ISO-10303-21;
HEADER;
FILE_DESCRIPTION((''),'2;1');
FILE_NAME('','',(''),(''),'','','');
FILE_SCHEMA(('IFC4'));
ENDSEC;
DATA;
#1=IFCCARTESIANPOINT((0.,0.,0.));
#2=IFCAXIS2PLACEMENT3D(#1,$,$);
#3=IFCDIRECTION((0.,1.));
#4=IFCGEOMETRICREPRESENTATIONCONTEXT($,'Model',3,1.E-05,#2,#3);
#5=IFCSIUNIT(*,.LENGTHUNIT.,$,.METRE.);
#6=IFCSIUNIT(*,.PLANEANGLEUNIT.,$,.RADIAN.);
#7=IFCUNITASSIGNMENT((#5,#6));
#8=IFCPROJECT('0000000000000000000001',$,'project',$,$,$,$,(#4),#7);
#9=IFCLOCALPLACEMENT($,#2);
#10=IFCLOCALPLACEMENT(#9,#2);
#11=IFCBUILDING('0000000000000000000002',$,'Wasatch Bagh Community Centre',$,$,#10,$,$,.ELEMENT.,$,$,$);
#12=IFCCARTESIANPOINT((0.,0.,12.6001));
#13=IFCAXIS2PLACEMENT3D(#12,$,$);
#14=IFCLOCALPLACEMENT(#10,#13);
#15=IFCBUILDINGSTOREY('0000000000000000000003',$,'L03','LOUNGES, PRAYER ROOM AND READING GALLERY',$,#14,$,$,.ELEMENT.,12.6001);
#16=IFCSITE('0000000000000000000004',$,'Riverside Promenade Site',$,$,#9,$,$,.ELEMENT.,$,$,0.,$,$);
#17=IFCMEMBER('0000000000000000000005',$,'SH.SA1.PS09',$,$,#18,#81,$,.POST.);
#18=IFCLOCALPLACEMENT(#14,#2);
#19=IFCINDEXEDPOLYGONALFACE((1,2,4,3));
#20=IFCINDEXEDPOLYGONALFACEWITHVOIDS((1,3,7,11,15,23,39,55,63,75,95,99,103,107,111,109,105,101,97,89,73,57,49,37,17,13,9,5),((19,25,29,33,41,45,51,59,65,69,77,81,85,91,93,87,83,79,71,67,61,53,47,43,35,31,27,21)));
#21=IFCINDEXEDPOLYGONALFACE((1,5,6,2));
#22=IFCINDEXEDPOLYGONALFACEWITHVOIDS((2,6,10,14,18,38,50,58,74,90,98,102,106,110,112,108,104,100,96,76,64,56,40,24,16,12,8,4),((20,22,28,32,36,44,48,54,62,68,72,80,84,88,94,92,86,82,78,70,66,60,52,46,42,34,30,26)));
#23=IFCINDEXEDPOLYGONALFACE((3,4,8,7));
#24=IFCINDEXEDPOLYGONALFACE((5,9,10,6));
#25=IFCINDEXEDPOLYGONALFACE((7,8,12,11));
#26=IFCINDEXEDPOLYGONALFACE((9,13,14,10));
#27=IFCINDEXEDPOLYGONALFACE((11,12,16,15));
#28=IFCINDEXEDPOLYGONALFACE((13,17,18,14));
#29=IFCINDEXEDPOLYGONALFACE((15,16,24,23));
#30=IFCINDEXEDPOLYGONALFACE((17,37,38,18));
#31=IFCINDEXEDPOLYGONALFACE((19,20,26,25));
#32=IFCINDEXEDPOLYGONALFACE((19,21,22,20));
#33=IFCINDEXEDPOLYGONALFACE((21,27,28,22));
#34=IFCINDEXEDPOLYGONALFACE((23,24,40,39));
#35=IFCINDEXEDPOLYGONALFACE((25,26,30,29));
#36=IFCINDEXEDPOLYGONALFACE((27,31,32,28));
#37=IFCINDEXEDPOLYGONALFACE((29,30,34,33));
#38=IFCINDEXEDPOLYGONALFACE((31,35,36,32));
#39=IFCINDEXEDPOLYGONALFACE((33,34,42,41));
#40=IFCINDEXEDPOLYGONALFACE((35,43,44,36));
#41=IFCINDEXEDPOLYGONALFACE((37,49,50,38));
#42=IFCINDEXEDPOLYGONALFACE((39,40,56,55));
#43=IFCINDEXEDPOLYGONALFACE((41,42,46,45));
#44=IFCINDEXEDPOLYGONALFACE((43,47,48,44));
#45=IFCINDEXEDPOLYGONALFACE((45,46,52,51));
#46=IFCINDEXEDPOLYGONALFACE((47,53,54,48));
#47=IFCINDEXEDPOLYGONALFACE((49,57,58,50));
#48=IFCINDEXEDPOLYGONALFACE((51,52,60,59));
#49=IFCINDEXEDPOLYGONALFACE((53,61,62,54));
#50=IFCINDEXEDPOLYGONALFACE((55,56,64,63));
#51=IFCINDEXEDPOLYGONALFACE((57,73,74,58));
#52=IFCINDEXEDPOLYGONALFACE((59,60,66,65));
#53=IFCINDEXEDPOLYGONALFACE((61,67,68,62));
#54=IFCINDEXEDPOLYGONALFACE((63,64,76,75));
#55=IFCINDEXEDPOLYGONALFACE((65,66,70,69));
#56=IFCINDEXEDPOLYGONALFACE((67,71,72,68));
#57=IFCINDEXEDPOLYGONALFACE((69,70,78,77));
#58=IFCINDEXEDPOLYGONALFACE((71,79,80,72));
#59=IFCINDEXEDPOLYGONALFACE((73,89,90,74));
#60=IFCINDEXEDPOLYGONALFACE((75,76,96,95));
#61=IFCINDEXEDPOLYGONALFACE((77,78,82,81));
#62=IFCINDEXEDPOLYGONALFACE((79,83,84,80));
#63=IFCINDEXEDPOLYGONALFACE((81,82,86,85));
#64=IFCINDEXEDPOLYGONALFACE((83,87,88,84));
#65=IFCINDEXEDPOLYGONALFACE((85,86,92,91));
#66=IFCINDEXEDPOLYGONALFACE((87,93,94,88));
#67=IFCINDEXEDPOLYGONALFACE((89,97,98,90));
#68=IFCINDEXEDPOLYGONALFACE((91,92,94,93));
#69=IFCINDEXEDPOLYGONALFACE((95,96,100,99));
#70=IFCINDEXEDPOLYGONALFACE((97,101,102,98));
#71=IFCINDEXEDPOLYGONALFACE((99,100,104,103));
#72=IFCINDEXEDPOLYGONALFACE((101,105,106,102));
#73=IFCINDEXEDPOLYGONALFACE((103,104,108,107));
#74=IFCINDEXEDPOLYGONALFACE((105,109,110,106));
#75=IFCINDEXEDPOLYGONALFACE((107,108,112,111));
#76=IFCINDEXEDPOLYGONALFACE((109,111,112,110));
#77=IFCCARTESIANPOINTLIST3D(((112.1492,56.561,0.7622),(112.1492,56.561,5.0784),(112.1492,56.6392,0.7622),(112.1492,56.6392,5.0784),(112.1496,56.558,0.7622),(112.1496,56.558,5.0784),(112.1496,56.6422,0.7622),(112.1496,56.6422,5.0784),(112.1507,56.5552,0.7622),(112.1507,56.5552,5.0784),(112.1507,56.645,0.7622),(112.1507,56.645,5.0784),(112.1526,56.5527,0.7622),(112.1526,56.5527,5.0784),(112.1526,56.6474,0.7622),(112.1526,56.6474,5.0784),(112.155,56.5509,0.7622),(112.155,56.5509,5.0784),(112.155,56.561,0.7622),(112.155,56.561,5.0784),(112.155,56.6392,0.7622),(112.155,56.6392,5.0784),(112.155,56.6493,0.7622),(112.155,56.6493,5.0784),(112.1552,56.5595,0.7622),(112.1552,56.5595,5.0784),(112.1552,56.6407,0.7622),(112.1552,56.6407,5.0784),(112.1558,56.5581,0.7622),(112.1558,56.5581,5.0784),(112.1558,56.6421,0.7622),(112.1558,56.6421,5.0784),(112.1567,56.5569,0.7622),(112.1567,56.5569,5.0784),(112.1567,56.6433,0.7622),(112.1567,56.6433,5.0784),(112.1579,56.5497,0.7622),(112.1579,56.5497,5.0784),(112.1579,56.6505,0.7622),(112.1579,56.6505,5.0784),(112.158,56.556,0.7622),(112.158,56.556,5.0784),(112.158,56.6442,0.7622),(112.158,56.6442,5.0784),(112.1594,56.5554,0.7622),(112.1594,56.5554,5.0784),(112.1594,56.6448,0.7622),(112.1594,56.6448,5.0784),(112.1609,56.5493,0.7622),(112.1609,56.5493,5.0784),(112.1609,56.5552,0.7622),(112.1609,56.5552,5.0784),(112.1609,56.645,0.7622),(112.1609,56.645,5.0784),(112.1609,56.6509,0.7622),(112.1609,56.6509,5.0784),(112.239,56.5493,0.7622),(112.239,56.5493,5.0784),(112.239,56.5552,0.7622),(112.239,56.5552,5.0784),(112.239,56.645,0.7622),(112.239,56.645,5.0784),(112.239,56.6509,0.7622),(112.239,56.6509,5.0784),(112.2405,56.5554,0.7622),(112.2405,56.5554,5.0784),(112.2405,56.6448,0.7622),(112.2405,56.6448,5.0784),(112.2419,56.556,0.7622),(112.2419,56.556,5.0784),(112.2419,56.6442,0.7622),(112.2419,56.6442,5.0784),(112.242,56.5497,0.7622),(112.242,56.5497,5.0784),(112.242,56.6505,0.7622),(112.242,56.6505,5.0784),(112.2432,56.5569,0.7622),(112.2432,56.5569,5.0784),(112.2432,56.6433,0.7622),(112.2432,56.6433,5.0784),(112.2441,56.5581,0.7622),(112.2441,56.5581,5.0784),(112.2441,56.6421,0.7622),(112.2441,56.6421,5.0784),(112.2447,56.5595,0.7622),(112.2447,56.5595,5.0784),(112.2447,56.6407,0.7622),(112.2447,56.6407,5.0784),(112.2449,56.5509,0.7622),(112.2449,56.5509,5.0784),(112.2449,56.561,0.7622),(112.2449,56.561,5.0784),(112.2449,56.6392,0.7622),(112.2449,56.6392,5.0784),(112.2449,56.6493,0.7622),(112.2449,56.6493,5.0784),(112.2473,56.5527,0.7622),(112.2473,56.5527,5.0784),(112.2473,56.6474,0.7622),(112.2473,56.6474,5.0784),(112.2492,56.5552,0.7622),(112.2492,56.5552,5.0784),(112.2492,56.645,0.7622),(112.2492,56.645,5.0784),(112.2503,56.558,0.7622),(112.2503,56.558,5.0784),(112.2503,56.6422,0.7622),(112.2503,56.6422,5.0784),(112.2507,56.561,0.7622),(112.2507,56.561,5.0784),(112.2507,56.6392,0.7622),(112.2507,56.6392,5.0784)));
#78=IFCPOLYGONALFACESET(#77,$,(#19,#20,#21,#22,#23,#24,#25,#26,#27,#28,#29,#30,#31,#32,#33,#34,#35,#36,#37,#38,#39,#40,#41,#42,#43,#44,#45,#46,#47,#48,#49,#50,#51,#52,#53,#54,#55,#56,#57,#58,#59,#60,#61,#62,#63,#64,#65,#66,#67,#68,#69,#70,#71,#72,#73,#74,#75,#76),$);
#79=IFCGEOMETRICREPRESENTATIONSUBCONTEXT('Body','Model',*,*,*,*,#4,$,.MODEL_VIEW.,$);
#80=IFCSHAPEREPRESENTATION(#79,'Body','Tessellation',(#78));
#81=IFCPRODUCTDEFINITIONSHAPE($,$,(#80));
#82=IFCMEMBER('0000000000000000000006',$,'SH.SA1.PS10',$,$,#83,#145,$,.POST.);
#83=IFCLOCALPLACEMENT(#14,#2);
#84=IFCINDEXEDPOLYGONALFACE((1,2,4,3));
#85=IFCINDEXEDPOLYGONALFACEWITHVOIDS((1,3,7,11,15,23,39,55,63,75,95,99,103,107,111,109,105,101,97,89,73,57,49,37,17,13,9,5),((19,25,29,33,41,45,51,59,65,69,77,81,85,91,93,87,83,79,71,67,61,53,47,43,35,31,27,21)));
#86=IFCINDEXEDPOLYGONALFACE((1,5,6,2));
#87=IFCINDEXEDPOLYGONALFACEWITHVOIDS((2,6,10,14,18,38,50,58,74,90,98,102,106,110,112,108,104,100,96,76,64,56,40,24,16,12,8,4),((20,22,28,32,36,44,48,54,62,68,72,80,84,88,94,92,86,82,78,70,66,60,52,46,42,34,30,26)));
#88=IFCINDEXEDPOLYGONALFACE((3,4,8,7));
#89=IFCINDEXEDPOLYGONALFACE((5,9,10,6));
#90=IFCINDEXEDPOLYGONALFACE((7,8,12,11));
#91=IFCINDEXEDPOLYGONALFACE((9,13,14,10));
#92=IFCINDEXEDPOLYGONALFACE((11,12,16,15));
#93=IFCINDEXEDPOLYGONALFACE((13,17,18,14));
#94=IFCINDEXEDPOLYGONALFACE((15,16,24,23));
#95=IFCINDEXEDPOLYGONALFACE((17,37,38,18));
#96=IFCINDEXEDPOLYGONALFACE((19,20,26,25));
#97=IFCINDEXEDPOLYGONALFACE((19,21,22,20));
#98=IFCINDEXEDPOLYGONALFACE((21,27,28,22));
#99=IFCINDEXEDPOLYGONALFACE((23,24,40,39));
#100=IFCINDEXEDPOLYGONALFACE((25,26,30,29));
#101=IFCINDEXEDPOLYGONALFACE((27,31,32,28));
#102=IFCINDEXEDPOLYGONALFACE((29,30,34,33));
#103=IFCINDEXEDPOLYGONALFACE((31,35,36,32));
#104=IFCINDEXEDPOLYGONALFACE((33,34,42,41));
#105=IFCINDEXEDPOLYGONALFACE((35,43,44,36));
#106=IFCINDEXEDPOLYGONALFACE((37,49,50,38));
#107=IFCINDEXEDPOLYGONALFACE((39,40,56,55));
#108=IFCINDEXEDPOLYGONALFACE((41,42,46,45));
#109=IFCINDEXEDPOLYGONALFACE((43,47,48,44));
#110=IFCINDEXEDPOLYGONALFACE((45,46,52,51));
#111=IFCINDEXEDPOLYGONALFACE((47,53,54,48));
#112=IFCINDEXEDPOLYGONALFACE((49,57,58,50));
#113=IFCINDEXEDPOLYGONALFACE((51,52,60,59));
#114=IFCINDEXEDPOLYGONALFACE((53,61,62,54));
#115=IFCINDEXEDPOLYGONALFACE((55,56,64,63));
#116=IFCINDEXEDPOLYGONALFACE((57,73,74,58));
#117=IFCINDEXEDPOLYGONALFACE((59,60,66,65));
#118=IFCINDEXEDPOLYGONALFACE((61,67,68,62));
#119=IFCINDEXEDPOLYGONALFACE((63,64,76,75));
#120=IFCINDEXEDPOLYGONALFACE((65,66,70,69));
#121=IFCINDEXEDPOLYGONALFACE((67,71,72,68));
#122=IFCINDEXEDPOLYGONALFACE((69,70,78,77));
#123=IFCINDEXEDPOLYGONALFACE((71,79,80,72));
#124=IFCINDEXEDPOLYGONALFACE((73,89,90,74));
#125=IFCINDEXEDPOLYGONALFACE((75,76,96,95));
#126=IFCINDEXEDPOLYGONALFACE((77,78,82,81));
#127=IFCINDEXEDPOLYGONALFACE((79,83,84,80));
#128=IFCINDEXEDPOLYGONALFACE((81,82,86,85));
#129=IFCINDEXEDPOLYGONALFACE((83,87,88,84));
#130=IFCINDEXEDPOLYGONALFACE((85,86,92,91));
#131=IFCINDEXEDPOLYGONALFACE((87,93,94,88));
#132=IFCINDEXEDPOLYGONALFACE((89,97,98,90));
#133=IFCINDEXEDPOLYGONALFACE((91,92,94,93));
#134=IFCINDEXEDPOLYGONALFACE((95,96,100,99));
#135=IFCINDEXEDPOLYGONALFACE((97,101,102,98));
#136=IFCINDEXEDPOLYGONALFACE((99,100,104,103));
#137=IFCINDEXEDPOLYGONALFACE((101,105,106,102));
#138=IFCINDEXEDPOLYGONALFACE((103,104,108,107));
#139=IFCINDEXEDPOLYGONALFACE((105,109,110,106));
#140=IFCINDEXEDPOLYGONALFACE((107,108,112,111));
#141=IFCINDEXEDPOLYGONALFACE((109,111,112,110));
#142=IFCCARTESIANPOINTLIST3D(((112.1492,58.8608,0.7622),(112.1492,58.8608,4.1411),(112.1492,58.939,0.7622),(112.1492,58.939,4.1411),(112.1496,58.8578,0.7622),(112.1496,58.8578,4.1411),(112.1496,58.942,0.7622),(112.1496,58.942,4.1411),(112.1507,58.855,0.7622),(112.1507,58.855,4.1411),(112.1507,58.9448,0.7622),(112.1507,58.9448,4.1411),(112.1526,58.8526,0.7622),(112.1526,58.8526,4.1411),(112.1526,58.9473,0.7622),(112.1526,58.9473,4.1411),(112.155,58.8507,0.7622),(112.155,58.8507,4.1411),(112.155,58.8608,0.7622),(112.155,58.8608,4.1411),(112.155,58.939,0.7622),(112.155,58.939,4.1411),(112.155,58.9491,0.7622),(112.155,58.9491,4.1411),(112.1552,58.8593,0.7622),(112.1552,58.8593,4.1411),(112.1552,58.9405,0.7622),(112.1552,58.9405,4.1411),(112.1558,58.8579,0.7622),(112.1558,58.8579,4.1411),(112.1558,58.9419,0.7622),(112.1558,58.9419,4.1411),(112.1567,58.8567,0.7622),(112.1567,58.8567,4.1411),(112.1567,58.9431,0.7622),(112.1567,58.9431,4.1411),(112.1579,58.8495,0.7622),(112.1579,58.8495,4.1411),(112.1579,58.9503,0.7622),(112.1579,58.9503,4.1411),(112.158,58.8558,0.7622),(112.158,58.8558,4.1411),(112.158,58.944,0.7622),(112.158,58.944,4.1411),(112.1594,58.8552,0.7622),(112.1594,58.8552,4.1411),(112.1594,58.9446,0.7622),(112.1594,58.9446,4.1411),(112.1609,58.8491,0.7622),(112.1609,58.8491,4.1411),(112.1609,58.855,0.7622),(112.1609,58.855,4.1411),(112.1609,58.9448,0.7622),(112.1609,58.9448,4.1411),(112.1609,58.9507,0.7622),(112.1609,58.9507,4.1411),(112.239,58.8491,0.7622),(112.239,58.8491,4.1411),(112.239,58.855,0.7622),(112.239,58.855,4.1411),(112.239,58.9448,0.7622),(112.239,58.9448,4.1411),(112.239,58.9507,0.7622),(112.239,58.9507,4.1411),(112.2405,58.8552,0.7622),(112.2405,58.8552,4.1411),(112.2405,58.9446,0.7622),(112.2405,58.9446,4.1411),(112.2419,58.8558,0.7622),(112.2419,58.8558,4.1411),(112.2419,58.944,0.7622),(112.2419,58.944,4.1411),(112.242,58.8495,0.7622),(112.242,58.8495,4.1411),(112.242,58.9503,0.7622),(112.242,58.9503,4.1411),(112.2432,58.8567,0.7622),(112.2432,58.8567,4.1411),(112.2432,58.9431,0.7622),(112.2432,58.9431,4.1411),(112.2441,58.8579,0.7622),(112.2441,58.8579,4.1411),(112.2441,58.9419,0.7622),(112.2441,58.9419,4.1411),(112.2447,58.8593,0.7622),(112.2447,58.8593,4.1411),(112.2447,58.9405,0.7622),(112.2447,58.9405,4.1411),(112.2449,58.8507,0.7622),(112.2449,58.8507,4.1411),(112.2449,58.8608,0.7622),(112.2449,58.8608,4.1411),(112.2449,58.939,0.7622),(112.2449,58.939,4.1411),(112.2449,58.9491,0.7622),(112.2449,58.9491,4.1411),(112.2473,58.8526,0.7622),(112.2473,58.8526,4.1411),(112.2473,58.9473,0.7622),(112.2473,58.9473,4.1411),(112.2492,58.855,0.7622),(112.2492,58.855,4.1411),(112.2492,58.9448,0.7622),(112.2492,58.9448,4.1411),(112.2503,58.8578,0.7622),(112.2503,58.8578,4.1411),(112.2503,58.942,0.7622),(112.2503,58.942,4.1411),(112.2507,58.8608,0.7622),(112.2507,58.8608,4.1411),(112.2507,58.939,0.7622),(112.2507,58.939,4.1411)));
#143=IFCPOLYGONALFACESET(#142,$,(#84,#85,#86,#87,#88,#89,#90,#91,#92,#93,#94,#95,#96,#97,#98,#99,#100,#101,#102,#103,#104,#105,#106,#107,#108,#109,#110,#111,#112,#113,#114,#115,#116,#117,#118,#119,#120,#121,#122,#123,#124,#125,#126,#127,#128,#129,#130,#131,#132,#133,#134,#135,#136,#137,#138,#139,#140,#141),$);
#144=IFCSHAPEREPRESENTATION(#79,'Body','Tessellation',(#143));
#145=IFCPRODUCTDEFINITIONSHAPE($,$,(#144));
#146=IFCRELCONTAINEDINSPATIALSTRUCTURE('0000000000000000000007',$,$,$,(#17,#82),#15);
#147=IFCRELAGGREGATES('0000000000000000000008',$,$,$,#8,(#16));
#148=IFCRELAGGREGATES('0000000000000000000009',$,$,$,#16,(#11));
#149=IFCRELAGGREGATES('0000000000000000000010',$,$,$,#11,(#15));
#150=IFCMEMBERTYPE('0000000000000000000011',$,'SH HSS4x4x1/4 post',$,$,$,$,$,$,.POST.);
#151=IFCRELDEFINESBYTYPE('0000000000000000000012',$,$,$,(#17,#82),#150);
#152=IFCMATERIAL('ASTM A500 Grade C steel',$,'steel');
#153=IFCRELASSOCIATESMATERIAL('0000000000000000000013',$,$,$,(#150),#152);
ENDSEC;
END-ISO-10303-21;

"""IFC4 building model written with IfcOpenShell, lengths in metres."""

from ifc_helpers import new_model, si_unit, direction, frame, origin, origin_2d, place, context, subcontext, project, spatial, hollow_rectangle, extrude, material, material_profile, profile_set, type_object, element, save


model = new_model("IFC4")

# Units and contexts
model_context = context("Model", 3, precision=1e-05, world=origin(), true_north=direction((0.0, 1.0)))
body_context = subcontext(model_context, "Body", "Model", "MODEL_VIEW")
ifc_project = project(units=[si_unit("LENGTHUNIT", "METRE"), si_unit("PLANEANGLEUNIT", "RADIAN")], contexts=[model_context])

# Site, building, storey
site_placement = place(None, origin())
site = spatial("IfcSite", under=ifc_project, at=site_placement, Name="Riverside Promenade Site", CompositionType="ELEMENT", RefElevation=0.0)
building_placement = place(site_placement, origin())
building = spatial("IfcBuilding", under=site, at=building_placement, Name="Wasatch Bagh Community Centre", CompositionType="ELEMENT")
storey_placement = place(building_placement, frame((0.0, 0.0, 12.6001)))
storey = spatial("IfcBuildingStorey", under=building, at=storey_placement, Name="L03", Description="LOUNGES, PRAYER ROOM AND READING GALLERY", CompositionType="ELEMENT", Elevation=12.6001)

# Members
ifc_material_1 = material(Name="ASTM A500 Grade C steel", Category="steel")
ifc_material_profile_1 = material_profile(ifc_material_1, hollow_rectangle(XDim=0.1016, YDim=0.1016, WallThickness=0.0059, InnerFilletRadius=0.0059, OuterFilletRadius=0.0117, at=origin_2d()), Name="HSS4x4x1/4")
ifc_profile_set_1 = profile_set([ifc_material_profile_1], Name="ASTM A500 Grade C steel")
member_type_1 = type_object("IfcMemberType", Name="SH HSS4x4x1/4 post", PredefinedType="POST", material=ifc_profile_set_1)
member_1_placement = place(storey_placement, frame((112.2, 56.6001, 0.7622), z_axis=(0.0, 0.0, 1.0), x_axis=(1.0, 0.0, 0.0)))
element("IfcMember", 1, at=member_1_placement, inside=storey, type_object=member_type_1, Name="SH.SA1.PS09", PredefinedType="POST", context=body_context, shape_type="SweptSolid", body=[
    extrude(hollow_rectangle(XDim=0.1016, YDim=0.1016, WallThickness=0.0059, InnerFilletRadius=0.0059, OuterFilletRadius=0.0117, at=origin_2d()), origin(), (0.0, 0.0, 1.0), 4.3162),
])
member_2_placement = place(storey_placement, frame((112.2, 58.8999, 0.7622), z_axis=(0.0, 0.0, 1.0), x_axis=(1.0, 0.0, 0.0)))
element("IfcMember", 2, at=member_2_placement, inside=storey, type_object=member_type_1, Name="SH.SA1.PS10", PredefinedType="POST", context=body_context, shape_type="SweptSolid", body=[
    extrude(hollow_rectangle(XDim=0.1016, YDim=0.1016, WallThickness=0.0059, InnerFilletRadius=0.0059, OuterFilletRadius=0.0117, at=origin_2d()), origin(), (0.0, 0.0, 1.0), 3.3789),
])

save(model, "model.ifc")
